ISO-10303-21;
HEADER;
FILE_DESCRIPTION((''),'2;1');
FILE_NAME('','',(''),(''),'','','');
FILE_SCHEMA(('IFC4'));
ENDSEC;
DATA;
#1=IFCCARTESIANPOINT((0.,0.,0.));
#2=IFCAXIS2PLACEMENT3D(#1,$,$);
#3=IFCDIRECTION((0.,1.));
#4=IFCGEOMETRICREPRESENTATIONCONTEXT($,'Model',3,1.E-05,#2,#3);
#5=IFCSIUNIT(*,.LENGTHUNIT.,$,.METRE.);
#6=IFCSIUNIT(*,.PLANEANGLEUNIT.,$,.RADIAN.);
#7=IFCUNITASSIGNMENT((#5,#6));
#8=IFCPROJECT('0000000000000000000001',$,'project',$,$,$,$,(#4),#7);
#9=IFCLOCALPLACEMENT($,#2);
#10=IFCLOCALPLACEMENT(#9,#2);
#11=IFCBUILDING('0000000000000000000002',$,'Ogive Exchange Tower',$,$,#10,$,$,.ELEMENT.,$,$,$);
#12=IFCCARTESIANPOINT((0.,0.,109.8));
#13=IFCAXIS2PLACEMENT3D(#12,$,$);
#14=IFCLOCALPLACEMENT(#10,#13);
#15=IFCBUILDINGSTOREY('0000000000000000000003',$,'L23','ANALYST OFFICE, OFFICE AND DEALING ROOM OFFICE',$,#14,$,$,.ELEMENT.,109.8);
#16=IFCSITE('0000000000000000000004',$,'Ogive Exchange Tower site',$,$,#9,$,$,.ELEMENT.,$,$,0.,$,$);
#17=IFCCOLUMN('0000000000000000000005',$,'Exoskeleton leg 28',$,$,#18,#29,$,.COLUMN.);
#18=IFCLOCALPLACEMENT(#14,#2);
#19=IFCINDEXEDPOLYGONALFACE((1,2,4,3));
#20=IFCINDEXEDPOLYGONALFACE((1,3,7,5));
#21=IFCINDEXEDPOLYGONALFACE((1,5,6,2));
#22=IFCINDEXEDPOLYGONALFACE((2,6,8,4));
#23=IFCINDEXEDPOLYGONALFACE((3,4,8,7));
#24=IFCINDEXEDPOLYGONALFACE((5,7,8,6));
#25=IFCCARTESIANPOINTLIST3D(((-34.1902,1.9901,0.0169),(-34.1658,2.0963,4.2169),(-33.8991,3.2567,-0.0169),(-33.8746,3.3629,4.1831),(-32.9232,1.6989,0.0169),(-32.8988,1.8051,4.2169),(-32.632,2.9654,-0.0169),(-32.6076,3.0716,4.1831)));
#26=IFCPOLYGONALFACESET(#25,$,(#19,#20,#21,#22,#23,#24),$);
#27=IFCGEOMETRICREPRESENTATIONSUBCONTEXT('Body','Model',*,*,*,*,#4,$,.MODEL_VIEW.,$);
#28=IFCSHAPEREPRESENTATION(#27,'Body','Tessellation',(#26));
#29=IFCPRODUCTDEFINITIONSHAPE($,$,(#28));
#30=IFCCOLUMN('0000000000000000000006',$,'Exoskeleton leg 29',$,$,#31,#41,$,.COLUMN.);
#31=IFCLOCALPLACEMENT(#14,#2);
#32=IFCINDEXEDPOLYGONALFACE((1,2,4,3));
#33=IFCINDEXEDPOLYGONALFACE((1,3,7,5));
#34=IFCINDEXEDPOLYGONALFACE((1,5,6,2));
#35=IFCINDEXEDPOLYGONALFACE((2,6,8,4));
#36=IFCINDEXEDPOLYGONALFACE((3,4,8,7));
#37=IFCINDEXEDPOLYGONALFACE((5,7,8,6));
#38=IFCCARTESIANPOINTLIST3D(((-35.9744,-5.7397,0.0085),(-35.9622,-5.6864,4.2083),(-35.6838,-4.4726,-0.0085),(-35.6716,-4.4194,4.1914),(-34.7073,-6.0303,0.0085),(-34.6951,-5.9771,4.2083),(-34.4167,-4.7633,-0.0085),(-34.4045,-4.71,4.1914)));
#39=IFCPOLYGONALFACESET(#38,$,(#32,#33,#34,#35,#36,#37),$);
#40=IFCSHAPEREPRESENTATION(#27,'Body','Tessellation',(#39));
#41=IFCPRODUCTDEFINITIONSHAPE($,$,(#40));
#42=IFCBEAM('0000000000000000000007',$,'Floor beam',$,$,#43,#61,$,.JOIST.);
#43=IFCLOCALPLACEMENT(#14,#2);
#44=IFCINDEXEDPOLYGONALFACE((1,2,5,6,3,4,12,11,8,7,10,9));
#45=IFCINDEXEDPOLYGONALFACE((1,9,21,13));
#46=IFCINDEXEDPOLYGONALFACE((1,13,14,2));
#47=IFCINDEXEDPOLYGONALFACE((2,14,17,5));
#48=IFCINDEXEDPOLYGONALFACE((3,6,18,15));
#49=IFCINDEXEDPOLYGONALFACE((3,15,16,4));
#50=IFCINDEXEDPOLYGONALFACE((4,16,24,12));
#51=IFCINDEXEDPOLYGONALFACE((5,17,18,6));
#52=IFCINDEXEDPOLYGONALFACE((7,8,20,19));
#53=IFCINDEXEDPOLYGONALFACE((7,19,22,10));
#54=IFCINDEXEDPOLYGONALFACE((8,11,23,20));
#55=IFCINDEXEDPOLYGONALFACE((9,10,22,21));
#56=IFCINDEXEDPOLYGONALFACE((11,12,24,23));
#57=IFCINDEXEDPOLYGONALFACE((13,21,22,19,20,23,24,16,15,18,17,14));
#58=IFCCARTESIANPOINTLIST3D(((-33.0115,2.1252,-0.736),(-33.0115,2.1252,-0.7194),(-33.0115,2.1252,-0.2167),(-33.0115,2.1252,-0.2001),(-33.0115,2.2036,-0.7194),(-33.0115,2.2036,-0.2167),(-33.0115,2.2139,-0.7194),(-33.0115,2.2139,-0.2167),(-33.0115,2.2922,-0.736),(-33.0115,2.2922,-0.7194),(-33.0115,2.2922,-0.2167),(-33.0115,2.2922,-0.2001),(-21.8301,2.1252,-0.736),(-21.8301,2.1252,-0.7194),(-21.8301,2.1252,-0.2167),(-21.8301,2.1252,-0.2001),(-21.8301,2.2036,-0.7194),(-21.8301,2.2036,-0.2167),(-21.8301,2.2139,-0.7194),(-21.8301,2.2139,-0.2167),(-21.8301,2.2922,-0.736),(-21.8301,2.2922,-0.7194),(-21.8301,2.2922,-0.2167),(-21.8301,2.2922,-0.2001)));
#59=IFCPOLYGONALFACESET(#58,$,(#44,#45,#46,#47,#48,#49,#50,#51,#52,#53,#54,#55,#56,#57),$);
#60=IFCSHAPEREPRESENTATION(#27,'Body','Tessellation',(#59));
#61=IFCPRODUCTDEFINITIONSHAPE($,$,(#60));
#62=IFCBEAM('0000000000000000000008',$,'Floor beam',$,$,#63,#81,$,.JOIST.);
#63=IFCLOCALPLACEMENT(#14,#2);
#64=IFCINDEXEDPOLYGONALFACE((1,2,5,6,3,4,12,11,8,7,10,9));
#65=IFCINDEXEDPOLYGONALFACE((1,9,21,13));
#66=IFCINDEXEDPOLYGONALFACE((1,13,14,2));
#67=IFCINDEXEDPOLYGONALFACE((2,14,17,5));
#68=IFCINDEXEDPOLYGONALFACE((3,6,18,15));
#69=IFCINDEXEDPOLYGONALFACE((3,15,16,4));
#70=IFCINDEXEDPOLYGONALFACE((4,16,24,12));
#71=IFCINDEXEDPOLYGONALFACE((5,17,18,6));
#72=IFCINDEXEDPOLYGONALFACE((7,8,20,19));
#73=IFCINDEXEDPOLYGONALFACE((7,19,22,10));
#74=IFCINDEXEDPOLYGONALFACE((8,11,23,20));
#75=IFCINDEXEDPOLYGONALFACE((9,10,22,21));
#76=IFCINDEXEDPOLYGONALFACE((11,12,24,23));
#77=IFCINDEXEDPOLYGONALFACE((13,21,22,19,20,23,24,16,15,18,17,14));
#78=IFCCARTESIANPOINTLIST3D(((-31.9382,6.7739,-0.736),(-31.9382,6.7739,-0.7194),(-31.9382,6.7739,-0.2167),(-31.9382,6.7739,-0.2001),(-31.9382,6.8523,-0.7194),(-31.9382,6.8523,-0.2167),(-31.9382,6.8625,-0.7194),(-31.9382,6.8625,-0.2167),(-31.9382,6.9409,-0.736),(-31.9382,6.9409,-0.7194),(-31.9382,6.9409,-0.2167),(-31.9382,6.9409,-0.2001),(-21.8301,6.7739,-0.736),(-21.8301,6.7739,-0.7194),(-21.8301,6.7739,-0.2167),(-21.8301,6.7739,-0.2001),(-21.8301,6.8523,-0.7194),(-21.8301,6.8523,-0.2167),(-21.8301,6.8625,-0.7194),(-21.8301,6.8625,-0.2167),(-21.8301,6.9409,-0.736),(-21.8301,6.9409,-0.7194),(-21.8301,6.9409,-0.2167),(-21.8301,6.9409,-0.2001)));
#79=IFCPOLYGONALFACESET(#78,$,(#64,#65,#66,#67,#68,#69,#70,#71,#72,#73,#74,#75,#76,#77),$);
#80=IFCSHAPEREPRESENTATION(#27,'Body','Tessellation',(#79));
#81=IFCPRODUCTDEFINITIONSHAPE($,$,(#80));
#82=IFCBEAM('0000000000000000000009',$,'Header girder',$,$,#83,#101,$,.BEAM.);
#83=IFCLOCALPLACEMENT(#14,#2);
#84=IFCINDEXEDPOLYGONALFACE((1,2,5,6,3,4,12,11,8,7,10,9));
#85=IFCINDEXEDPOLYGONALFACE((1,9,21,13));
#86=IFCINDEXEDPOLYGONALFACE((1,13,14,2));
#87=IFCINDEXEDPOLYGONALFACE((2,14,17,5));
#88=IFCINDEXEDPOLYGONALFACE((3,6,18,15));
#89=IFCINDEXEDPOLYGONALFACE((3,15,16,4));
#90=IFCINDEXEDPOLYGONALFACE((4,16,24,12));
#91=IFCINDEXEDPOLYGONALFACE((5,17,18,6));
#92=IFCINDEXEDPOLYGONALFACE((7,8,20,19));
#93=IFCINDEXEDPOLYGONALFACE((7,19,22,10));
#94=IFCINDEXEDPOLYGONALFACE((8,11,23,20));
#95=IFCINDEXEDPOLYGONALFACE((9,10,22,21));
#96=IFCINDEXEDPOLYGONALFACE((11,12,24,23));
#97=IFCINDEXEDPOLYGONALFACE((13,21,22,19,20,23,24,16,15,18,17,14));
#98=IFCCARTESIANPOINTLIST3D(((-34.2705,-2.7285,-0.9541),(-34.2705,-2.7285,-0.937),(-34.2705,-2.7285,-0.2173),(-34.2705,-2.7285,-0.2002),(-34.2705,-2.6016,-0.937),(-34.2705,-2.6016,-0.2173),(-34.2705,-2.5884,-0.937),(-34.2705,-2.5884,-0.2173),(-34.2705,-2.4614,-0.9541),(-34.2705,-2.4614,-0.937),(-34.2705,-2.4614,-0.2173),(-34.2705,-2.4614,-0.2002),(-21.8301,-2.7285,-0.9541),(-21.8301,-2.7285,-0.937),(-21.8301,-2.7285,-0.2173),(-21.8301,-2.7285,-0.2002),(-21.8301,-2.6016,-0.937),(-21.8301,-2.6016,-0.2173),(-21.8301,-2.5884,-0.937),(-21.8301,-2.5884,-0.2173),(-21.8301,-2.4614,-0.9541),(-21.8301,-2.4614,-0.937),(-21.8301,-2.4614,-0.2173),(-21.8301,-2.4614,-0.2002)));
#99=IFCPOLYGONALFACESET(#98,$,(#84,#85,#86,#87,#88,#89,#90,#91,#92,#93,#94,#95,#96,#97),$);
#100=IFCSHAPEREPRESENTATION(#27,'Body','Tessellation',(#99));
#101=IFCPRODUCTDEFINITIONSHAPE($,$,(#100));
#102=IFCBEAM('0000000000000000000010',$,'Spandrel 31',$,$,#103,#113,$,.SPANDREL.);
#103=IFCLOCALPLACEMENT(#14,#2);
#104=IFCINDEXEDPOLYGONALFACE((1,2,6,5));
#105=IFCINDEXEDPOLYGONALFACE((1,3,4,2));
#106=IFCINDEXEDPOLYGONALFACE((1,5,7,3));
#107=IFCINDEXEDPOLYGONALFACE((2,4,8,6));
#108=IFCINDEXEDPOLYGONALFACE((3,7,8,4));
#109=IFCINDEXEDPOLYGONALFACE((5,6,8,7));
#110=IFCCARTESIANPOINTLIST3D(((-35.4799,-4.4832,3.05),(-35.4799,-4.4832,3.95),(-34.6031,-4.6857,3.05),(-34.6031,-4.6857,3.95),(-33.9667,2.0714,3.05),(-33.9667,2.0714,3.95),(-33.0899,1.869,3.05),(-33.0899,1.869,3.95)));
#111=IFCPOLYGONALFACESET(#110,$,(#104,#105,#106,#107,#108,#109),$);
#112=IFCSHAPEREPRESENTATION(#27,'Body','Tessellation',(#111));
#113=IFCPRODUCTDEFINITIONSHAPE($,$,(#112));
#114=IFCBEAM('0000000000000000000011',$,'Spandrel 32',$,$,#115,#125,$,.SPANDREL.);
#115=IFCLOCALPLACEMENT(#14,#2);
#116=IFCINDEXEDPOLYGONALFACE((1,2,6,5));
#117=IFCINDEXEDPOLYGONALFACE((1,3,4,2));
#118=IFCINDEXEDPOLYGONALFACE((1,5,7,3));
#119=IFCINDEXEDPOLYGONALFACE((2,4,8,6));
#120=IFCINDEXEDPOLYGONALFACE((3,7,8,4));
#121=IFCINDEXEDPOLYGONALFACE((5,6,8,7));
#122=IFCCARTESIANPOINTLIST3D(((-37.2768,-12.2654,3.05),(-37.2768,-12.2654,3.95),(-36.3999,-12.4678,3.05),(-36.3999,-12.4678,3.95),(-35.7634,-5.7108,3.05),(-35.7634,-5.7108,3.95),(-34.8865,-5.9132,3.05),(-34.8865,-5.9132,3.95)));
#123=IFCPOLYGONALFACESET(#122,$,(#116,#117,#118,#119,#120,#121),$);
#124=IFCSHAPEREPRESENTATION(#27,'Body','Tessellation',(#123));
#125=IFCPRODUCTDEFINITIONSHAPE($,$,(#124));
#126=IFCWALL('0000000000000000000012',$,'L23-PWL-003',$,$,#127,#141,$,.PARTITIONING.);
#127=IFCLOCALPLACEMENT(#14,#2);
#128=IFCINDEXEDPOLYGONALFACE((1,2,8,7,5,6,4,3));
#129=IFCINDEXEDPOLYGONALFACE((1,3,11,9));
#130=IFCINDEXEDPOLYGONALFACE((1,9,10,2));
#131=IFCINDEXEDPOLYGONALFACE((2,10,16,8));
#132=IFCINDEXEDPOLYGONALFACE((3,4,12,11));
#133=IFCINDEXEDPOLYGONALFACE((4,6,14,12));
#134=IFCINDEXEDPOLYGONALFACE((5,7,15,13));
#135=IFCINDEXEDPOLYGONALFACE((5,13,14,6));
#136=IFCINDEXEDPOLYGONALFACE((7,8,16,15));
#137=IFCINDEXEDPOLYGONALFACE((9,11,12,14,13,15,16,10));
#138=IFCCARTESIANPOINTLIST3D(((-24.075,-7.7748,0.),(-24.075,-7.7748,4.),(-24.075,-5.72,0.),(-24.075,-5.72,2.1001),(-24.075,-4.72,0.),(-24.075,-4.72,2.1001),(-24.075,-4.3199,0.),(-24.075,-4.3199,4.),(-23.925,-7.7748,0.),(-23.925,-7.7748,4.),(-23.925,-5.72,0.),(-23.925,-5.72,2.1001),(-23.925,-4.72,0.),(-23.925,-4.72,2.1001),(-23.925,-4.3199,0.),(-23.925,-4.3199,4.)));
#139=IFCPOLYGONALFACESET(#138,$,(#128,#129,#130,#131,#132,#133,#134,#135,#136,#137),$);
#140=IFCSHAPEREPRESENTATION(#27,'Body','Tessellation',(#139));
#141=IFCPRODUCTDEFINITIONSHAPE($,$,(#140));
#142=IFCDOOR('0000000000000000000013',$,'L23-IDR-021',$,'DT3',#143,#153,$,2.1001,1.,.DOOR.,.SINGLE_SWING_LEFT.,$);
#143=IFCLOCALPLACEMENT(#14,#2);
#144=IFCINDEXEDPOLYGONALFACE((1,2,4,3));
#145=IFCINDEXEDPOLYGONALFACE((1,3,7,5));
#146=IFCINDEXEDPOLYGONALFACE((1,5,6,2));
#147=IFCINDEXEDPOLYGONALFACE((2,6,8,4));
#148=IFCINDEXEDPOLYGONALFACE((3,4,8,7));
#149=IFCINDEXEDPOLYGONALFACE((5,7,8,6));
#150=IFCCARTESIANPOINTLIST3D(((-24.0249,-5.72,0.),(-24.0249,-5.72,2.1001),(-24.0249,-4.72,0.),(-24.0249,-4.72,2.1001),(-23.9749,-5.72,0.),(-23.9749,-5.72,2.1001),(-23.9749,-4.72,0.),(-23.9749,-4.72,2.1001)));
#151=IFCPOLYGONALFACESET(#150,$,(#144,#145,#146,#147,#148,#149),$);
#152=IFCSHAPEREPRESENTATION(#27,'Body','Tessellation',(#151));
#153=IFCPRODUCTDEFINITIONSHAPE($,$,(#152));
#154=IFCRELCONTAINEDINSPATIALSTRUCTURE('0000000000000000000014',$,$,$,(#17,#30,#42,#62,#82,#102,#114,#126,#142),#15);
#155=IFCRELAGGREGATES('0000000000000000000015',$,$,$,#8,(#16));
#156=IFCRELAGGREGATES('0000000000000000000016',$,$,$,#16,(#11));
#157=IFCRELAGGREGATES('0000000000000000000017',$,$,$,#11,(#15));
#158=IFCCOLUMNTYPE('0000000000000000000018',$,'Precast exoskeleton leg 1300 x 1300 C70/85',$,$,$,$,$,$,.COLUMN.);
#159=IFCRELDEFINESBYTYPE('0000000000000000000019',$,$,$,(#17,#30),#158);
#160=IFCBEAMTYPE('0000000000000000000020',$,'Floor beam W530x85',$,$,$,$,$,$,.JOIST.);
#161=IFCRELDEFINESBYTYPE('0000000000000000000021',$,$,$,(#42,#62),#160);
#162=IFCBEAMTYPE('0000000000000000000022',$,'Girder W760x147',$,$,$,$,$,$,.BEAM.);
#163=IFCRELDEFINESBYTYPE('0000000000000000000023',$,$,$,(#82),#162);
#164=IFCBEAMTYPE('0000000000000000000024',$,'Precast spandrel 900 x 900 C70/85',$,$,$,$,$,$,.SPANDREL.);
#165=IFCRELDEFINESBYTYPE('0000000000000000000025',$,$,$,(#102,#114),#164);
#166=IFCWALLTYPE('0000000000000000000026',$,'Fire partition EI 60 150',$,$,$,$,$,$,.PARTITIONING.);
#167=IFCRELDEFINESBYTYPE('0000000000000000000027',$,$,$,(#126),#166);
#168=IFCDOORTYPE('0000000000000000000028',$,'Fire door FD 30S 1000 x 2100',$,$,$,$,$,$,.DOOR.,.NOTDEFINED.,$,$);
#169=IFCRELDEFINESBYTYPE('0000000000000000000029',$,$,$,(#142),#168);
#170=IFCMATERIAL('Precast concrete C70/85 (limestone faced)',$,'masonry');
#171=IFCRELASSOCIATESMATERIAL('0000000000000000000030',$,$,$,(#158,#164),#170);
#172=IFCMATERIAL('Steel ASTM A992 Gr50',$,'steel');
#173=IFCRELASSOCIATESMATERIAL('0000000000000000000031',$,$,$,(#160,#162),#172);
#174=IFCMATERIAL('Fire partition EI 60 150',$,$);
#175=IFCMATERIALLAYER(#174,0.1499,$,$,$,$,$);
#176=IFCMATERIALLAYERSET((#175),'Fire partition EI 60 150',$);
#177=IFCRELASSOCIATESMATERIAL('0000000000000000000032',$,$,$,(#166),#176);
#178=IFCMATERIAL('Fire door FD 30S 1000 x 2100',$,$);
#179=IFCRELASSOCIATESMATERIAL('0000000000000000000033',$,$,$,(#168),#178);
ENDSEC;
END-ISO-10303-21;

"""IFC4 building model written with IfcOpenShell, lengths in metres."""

from ifc_helpers import new_model, si_unit, direction, frame, frame_2d, origin, origin_2d, place, context, subcontext, project, spatial, rectangle, i_section, extrude, material, layer, layer_set, material_profile, profile_set, type_object, element, fill, save


model = new_model("IFC4")

# Units and contexts
model_context = context("Model", 3, precision=1e-05, world=origin(), true_north=direction((0.0, 1.0)))
body_context = subcontext(model_context, "Body", "Model", "MODEL_VIEW")
ifc_project = project(units=[si_unit("LENGTHUNIT", "METRE"), si_unit("PLANEANGLEUNIT", "RADIAN")], contexts=[model_context])

# Site, building, storey
site_placement = place(None, origin())
site = spatial("IfcSite", under=ifc_project, at=site_placement, Name="Ogive Exchange Tower site", CompositionType="ELEMENT", RefElevation=0.0)
building_placement = place(site_placement, origin())
building = spatial("IfcBuilding", under=site, at=building_placement, Name="Ogive Exchange Tower", CompositionType="ELEMENT")
storey_placement = place(building_placement, frame((0.0, 0.0, 109.8)))
storey = spatial("IfcBuildingStorey", under=building, at=storey_placement, Name="L23", Description="ANALYST OFFICE, OFFICE AND DEALING ROOM OFFICE", CompositionType="ELEMENT", Elevation=109.8)

# Columns
ifc_material_1 = material(Name="Precast concrete C70/85 (limestone faced)", Category="masonry")
ifc_material_profile_1 = material_profile(ifc_material_1, rectangle(XDim=1.3, YDim=1.3, at=origin_2d()), Name="1300 x 1300")
ifc_profile_set_1 = profile_set([ifc_material_profile_1], Name="Precast concrete C70/85 (limestone faced)")
column_type = type_object("IfcColumnType", Name="Precast exoskeleton leg 1300 x 1300 C70/85", PredefinedType="COLUMN", material=ifc_profile_set_1)
column_1_placement = place(storey_placement, frame((-33.4111, 2.4778, 0.0), z_axis=(0.005811, 0.025278, 0.999664), x_axis=(-0.97458, 0.224041, 0.0)))
element("IfcColumn", 1, at=column_1_placement, inside=storey, type_object=column_type, Name="Exoskeleton leg 28", PredefinedType="COLUMN", context=body_context, shape_type="SweptSolid", body=[
    extrude(rectangle(XDim=1.3, YDim=1.3, at=origin_2d()), origin(), (0.0, 0.0, 1.0), 4.2014),
])
column_2_placement = place(storey_placement, frame((-35.1956, -5.2515, 0.0), z_axis=(0.002906, 0.012671, 0.999915), x_axis=(-0.974692, 0.223553, 0.0)))
element("IfcColumn", 2, at=column_2_placement, inside=storey, type_object=column_type, Name="Exoskeleton leg 29", PredefinedType="COLUMN", context=body_context, shape_type="SweptSolid", body=[
    extrude(rectangle(XDim=1.3, YDim=1.3, at=origin_2d()), origin(), (0.0, 0.0, 1.0), 4.2002),
])

# Beams
ifc_material_2 = material(Name="Steel ASTM A992 Gr50", Category="steel")
ifc_material_profile_2 = material_profile(ifc_material_2, i_section(OverallWidth=0.167, OverallDepth=0.5359, WebThickness=0.0103, FlangeThickness=0.0166, at=origin_2d()), Name="W530x85")
ifc_profile_set_2 = profile_set([ifc_material_profile_2], Name="Steel ASTM A992 Gr50")
beam_type_1 = type_object("IfcBeamType", Name="Floor beam W530x85", PredefinedType="JOIST", material=ifc_profile_set_2)
beam_1_placement = place(storey_placement, frame((-33.0115, 2.2087, -0.468), z_axis=(1.0, 0.0, 0.0), x_axis=(0.0, 1.0, 0.0)))
element("IfcBeam", 3, at=beam_1_placement, inside=storey, type_object=beam_type_1, Name="Floor beam", PredefinedType="JOIST", context=body_context, shape_type="SweptSolid", body=[
    extrude(i_section(OverallWidth=0.167, OverallDepth=0.5359, WebThickness=0.0103, FlangeThickness=0.0166, at=origin_2d()), origin(), (0.0, 0.0, 1.0), 11.1814),
])
beam_2_placement = place(storey_placement, frame((-31.9382, 6.8574, -0.468), z_axis=(1.0, 0.0, 0.0), x_axis=(0.0, 1.0, 0.0)))
element("IfcBeam", 4, at=beam_2_placement, inside=storey, type_object=beam_type_1, Name="Floor beam", PredefinedType="JOIST", context=body_context, shape_type="SweptSolid", body=[
    extrude(i_section(OverallWidth=0.167, OverallDepth=0.5359, WebThickness=0.0103, FlangeThickness=0.0166, at=origin_2d()), origin(), (0.0, 0.0, 1.0), 10.1082),
])
ifc_material_profile_3 = material_profile(ifc_material_2, i_section(OverallWidth=0.2671, OverallDepth=0.7539, WebThickness=0.0132, FlangeThickness=0.0171, at=origin_2d()), Name="W760x147")
ifc_profile_set_3 = profile_set([ifc_material_profile_3], Name="Steel ASTM A992 Gr50")
beam_type_2 = type_object("IfcBeamType", Name="Girder W760x147", PredefinedType="BEAM", material=ifc_profile_set_3)
beam_3_placement = place(storey_placement, frame((-34.2705, -2.595, -0.5771), z_axis=(1.0, 0.0, 0.0), x_axis=(0.0, 1.0, 0.0)))
element("IfcBeam", 5, at=beam_3_placement, inside=storey, type_object=beam_type_2, Name="Header girder", PredefinedType="BEAM", context=body_context, shape_type="SweptSolid", body=[
    extrude(i_section(OverallWidth=0.2671, OverallDepth=0.7539, WebThickness=0.0132, FlangeThickness=0.0171, at=origin_2d()), origin(), (0.0, 0.0, 1.0), 12.4404),
])
ifc_material_profile_4 = material_profile(ifc_material_1, rectangle(XDim=0.8999, YDim=0.8999, at=origin_2d()), Name="900 x 900")
ifc_profile_set_4 = profile_set([ifc_material_profile_4], Name="Precast concrete C70/85 (limestone faced)")
beam_type_3 = type_object("IfcBeamType", Name="Precast spandrel 900 x 900 C70/85", PredefinedType="SPANDREL", material=ifc_profile_set_4)
for number, where, z_axis, x_axis, name in (
    (6, (-33.5283, 1.9702, 3.5), (-0.224939, -0.974373, 0.0), (0.974373, -0.224939, 0.0), "Spandrel 31"),
    (7, (-35.325, -5.812, 3.5), (-0.224973, -0.974365, 0.0), (0.974365, -0.224973, 0.0), "Spandrel 32"),
):
    element("IfcBeam", number, at=place(storey_placement, frame(where, z_axis=z_axis, x_axis=x_axis)), inside=storey, type_object=beam_type_3, Name=name, PredefinedType="SPANDREL", context=body_context, shape_type="SweptSolid", body=[
        extrude(rectangle(XDim=0.8999, YDim=0.8999, at=origin_2d()), origin(), (0.0, 0.0, 1.0), 6.7271),
    ])

# Wall, opening, door
ifc_material_3 = material(Name="Fire partition EI 60 150")
ifc_layer_1 = layer(ifc_material_3, 0.1499)
ifc_layer_set_1 = layer_set([ifc_layer_1], Name="Fire partition EI 60 150")
wall_type_1 = type_object("IfcWallType", Name="Fire partition EI 60 150", PredefinedType="PARTITIONING", material=ifc_layer_set_1)
wall_1_placement = place(storey_placement, frame((-24.0, -7.7749, 0.0), z_axis=(0.0, 0.0, 1.0), x_axis=(0.0, 1.0, 0.0)))
wall_1 = element("IfcWall", 8, at=wall_1_placement, inside=storey, type_object=wall_type_1, Name="L23-PWL-003", PredefinedType="PARTITIONING", context=body_context, shape_type="SweptSolid", body=[
    extrude(rectangle(XDim=3.4548, YDim=0.1499, at=frame_2d((1.7275, 0.0))), origin(), (0.0, 0.0, 1.0), 4.0),
])
opening_1_placement = place(wall_1_placement, frame((2.0549, 0.0, 0.0)))
opening_1 = element("IfcOpeningElement", 9, at=opening_1_placement, cuts=wall_1, PredefinedType="OPENING", context=body_context, shape_type="SweptSolid", body=[
    extrude(rectangle(XDim=1.0, YDim=2.1001, at=frame_2d((0.5, 1.05))), frame((0.0, 0.085, 0.0), z_axis=(0.0, -1.0, 0.0), x_axis=(1.0, 0.0, 0.0)), (0.0, 0.0, 1.0), 0.1699),
])
ifc_material_4 = material(Name="Fire door FD 30S 1000 x 2100")
door_type_1 = type_object("IfcDoorType", Name="Fire door FD 30S 1000 x 2100", OperationType="NOTDEFINED", PredefinedType="DOOR", material=ifc_material_4)
door_1_placement = place(opening_1_placement, origin())
door_1 = element("IfcDoor", 10, at=door_1_placement, inside=storey, type_object=door_type_1, Name="L23-IDR-021", ObjectType="DT3", OperationType="SINGLE_SWING_LEFT", OverallHeight=2.1001, OverallWidth=1.0, PredefinedType="DOOR", context=body_context, shape_type="SweptSolid", body=[
    extrude(rectangle(XDim=1.0, YDim=2.1001, at=frame_2d((0.5, 1.05))), frame((0.0, 0.0249, 0.0), z_axis=(0.0, -1.0, 0.0), x_axis=(1.0, 0.0, 0.0)), (0.0, 0.0, 1.0), 0.05),
])
fill(opening_1, door_1)

save(model, "model.ifc")
